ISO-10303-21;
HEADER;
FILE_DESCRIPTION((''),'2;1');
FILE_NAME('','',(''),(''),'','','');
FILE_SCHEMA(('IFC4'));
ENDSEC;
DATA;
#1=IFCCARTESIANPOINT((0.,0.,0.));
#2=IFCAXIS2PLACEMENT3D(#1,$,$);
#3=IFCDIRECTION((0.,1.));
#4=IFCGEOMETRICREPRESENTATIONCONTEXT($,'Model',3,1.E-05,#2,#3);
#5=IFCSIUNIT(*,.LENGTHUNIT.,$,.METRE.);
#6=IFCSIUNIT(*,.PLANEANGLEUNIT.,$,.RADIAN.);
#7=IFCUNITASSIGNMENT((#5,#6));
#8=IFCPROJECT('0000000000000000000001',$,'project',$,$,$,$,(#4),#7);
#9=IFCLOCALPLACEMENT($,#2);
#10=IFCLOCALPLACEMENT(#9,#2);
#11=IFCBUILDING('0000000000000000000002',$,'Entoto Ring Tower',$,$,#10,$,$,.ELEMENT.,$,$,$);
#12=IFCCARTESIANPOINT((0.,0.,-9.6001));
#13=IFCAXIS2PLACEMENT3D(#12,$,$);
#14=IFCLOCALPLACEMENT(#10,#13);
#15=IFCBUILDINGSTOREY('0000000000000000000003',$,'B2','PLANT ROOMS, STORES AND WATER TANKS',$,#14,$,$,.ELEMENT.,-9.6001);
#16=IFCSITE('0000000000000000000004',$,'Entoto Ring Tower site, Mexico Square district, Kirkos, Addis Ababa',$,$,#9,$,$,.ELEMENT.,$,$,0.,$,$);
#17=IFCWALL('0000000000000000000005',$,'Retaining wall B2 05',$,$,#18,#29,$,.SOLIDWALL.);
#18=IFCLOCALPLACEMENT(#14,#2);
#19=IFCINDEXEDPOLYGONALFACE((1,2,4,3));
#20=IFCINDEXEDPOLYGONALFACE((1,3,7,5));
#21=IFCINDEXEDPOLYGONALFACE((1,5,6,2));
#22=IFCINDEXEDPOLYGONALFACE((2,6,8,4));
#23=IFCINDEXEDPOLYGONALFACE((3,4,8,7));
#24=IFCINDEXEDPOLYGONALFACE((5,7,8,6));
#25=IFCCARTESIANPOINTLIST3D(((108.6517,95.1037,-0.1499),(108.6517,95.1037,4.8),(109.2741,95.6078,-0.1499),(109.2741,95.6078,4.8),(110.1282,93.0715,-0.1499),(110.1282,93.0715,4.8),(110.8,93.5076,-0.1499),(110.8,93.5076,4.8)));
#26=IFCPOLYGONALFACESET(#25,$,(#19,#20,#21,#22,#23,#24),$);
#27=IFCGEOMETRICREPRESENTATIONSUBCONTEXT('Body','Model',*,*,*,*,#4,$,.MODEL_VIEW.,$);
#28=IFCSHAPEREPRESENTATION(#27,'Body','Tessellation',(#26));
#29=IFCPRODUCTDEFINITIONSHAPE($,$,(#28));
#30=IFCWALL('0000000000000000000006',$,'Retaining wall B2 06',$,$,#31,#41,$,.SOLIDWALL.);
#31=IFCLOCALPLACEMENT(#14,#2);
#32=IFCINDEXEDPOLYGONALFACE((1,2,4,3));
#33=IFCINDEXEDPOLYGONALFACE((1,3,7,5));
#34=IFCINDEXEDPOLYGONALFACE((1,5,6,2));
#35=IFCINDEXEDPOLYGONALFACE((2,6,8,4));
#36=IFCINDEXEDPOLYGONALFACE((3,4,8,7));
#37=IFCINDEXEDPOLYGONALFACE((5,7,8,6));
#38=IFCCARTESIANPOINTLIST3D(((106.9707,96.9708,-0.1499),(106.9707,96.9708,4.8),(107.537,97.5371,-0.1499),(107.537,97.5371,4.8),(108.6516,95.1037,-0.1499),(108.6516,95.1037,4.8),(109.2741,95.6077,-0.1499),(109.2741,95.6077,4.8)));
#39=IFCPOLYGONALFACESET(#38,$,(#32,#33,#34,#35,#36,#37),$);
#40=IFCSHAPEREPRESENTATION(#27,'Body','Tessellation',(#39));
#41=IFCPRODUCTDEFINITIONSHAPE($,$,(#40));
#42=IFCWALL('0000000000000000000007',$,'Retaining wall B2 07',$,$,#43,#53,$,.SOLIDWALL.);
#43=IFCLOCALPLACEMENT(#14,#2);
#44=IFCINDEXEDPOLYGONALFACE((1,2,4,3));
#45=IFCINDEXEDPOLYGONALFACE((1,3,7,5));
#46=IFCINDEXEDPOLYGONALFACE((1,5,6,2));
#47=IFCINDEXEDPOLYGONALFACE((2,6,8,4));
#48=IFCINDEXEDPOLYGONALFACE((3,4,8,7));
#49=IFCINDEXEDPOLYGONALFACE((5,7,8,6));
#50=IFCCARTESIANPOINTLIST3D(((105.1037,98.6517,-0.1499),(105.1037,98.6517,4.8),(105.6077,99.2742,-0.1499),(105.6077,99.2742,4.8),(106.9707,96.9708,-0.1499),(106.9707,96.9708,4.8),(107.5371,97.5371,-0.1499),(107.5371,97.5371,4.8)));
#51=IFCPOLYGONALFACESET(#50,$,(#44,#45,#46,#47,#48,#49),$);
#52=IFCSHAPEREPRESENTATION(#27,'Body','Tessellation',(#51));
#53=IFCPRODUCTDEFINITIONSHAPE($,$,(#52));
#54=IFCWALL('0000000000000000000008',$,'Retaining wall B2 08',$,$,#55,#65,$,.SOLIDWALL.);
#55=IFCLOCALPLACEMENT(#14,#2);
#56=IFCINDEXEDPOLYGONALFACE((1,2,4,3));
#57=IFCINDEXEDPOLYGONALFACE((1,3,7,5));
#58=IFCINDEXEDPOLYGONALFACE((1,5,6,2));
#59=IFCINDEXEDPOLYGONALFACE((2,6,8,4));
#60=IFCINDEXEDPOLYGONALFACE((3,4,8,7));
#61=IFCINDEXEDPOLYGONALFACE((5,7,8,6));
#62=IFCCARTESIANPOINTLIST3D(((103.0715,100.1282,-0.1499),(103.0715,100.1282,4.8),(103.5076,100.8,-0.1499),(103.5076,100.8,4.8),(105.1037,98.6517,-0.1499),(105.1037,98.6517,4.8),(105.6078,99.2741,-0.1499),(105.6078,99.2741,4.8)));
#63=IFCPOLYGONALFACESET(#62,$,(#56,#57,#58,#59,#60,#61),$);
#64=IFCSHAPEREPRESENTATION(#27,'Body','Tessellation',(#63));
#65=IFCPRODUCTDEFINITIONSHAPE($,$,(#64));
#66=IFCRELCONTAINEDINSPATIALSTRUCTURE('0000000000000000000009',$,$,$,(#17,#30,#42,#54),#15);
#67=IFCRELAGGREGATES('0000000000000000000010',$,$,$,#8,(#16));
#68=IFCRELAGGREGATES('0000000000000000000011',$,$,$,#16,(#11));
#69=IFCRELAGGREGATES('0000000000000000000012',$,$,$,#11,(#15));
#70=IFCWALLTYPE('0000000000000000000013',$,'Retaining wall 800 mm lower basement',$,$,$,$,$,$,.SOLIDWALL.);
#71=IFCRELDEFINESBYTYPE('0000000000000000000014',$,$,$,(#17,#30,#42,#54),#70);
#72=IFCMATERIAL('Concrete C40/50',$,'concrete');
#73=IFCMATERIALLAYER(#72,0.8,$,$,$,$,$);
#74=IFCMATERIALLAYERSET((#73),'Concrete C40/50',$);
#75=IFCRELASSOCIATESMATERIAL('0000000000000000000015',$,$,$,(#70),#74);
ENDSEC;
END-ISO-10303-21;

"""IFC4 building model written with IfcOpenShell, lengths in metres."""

from ifc_helpers import new_model, si_unit, direction, frame, origin, place, context, subcontext, project, spatial, polyline, outline, extrude, material, layer, layer_set, type_object, element, save


model = new_model("IFC4")

# Units and contexts
model_context = context("Model", 3, precision=1e-05, world=origin(), true_north=direction((0.0, 1.0)))
body_context = subcontext(model_context, "Body", "Model", "MODEL_VIEW")
ifc_project = project(units=[si_unit("LENGTHUNIT", "METRE"), si_unit("PLANEANGLEUNIT", "RADIAN")], contexts=[model_context])

# Site, building, storey
site_placement = place(None, origin())
site = spatial("IfcSite", under=ifc_project, at=site_placement, Name="Entoto Ring Tower site, Mexico Square district, Kirkos, Addis Ababa", CompositionType="ELEMENT", RefElevation=0.0)
building_placement = place(site_placement, origin())
building = spatial("IfcBuilding", under=site, at=building_placement, Name="Entoto Ring Tower", CompositionType="ELEMENT")
storey_placement = place(building_placement, frame((0.0, 0.0, -9.6001)))
storey = spatial("IfcBuildingStorey", under=building, at=storey_placement, Name="B2", Description="PLANT ROOMS, STORES AND WATER TANKS", CompositionType="ELEMENT", Elevation=-9.6001)

# Walls
ifc_material_1 = material(Name="Concrete C40/50", Category="concrete")
ifc_layer_1 = layer(ifc_material_1, 0.8)
ifc_layer_set_1 = layer_set([ifc_layer_1], Name="Concrete C40/50")
wall_type = type_object("IfcWallType", Name="Retaining wall 800 mm lower basement", PredefinedType="SOLIDWALL", material=ifc_layer_set_1)
wall_1_placement = place(storey_placement, frame((110.4641, 93.2896, -0.1499), z_axis=(0.0, 0.0, 1.0), x_axis=(-0.587802, 0.809005, 0.0)))
element("IfcWall", 1, at=wall_1_placement, inside=storey, type_object=wall_type, Name="Retaining wall B2 05", PredefinedType="SOLIDWALL", context=body_context, shape_type="SweptSolid", body=[
    extrude(outline(polyline([(-0.021, -0.3999), (2.575, -0.3999), (2.533, 0.3999), (0.021, 0.3999), (-0.021, -0.3999)])), origin(), (0.0, 0.0, 1.0), 4.95),
])
for number, where, z_axis, x_axis, name in (
    (2, (108.9629, 95.3557, -0.1499), (0.0, 0.0, 1.0), (-0.669097, 0.743175, 0.0), "Retaining wall B2 06"),
    (3, (107.2539, 97.2539, -0.1499), (0.0, 0.0, 1.0), (-0.743175, 0.669097, 0.0), "Retaining wall B2 07"),
):
    element("IfcWall", number, at=place(storey_placement, frame(where, z_axis=z_axis, x_axis=x_axis)), inside=storey, type_object=wall_type, Name=name, PredefinedType="SOLIDWALL", context=body_context, shape_type="SweptSolid", body=[
        extrude(outline(polyline([(-0.021, -0.3999), (2.5752, -0.3999), (2.5332, 0.3999), (0.021, 0.3999), (-0.021, -0.3999)])), origin(), (0.0, 0.0, 1.0), 4.95),
    ])
wall_2_placement = place(storey_placement, frame((105.3557, 98.9629, -0.1499), z_axis=(0.0, 0.0, 1.0), x_axis=(-0.809005, 0.587802, 0.0)))
element("IfcWall", 4, at=wall_2_placement, inside=storey, type_object=wall_type, Name="Retaining wall B2 08", PredefinedType="SOLIDWALL", context=body_context, shape_type="SweptSolid", body=[
    extrude(outline(polyline([(-0.021, -0.3999), (2.575, -0.3999), (2.533, 0.3999), (0.021, 0.3999), (-0.021, -0.3999)])), origin(), (0.0, 0.0, 1.0), 4.95),
])

save(model, "model.ifc")
